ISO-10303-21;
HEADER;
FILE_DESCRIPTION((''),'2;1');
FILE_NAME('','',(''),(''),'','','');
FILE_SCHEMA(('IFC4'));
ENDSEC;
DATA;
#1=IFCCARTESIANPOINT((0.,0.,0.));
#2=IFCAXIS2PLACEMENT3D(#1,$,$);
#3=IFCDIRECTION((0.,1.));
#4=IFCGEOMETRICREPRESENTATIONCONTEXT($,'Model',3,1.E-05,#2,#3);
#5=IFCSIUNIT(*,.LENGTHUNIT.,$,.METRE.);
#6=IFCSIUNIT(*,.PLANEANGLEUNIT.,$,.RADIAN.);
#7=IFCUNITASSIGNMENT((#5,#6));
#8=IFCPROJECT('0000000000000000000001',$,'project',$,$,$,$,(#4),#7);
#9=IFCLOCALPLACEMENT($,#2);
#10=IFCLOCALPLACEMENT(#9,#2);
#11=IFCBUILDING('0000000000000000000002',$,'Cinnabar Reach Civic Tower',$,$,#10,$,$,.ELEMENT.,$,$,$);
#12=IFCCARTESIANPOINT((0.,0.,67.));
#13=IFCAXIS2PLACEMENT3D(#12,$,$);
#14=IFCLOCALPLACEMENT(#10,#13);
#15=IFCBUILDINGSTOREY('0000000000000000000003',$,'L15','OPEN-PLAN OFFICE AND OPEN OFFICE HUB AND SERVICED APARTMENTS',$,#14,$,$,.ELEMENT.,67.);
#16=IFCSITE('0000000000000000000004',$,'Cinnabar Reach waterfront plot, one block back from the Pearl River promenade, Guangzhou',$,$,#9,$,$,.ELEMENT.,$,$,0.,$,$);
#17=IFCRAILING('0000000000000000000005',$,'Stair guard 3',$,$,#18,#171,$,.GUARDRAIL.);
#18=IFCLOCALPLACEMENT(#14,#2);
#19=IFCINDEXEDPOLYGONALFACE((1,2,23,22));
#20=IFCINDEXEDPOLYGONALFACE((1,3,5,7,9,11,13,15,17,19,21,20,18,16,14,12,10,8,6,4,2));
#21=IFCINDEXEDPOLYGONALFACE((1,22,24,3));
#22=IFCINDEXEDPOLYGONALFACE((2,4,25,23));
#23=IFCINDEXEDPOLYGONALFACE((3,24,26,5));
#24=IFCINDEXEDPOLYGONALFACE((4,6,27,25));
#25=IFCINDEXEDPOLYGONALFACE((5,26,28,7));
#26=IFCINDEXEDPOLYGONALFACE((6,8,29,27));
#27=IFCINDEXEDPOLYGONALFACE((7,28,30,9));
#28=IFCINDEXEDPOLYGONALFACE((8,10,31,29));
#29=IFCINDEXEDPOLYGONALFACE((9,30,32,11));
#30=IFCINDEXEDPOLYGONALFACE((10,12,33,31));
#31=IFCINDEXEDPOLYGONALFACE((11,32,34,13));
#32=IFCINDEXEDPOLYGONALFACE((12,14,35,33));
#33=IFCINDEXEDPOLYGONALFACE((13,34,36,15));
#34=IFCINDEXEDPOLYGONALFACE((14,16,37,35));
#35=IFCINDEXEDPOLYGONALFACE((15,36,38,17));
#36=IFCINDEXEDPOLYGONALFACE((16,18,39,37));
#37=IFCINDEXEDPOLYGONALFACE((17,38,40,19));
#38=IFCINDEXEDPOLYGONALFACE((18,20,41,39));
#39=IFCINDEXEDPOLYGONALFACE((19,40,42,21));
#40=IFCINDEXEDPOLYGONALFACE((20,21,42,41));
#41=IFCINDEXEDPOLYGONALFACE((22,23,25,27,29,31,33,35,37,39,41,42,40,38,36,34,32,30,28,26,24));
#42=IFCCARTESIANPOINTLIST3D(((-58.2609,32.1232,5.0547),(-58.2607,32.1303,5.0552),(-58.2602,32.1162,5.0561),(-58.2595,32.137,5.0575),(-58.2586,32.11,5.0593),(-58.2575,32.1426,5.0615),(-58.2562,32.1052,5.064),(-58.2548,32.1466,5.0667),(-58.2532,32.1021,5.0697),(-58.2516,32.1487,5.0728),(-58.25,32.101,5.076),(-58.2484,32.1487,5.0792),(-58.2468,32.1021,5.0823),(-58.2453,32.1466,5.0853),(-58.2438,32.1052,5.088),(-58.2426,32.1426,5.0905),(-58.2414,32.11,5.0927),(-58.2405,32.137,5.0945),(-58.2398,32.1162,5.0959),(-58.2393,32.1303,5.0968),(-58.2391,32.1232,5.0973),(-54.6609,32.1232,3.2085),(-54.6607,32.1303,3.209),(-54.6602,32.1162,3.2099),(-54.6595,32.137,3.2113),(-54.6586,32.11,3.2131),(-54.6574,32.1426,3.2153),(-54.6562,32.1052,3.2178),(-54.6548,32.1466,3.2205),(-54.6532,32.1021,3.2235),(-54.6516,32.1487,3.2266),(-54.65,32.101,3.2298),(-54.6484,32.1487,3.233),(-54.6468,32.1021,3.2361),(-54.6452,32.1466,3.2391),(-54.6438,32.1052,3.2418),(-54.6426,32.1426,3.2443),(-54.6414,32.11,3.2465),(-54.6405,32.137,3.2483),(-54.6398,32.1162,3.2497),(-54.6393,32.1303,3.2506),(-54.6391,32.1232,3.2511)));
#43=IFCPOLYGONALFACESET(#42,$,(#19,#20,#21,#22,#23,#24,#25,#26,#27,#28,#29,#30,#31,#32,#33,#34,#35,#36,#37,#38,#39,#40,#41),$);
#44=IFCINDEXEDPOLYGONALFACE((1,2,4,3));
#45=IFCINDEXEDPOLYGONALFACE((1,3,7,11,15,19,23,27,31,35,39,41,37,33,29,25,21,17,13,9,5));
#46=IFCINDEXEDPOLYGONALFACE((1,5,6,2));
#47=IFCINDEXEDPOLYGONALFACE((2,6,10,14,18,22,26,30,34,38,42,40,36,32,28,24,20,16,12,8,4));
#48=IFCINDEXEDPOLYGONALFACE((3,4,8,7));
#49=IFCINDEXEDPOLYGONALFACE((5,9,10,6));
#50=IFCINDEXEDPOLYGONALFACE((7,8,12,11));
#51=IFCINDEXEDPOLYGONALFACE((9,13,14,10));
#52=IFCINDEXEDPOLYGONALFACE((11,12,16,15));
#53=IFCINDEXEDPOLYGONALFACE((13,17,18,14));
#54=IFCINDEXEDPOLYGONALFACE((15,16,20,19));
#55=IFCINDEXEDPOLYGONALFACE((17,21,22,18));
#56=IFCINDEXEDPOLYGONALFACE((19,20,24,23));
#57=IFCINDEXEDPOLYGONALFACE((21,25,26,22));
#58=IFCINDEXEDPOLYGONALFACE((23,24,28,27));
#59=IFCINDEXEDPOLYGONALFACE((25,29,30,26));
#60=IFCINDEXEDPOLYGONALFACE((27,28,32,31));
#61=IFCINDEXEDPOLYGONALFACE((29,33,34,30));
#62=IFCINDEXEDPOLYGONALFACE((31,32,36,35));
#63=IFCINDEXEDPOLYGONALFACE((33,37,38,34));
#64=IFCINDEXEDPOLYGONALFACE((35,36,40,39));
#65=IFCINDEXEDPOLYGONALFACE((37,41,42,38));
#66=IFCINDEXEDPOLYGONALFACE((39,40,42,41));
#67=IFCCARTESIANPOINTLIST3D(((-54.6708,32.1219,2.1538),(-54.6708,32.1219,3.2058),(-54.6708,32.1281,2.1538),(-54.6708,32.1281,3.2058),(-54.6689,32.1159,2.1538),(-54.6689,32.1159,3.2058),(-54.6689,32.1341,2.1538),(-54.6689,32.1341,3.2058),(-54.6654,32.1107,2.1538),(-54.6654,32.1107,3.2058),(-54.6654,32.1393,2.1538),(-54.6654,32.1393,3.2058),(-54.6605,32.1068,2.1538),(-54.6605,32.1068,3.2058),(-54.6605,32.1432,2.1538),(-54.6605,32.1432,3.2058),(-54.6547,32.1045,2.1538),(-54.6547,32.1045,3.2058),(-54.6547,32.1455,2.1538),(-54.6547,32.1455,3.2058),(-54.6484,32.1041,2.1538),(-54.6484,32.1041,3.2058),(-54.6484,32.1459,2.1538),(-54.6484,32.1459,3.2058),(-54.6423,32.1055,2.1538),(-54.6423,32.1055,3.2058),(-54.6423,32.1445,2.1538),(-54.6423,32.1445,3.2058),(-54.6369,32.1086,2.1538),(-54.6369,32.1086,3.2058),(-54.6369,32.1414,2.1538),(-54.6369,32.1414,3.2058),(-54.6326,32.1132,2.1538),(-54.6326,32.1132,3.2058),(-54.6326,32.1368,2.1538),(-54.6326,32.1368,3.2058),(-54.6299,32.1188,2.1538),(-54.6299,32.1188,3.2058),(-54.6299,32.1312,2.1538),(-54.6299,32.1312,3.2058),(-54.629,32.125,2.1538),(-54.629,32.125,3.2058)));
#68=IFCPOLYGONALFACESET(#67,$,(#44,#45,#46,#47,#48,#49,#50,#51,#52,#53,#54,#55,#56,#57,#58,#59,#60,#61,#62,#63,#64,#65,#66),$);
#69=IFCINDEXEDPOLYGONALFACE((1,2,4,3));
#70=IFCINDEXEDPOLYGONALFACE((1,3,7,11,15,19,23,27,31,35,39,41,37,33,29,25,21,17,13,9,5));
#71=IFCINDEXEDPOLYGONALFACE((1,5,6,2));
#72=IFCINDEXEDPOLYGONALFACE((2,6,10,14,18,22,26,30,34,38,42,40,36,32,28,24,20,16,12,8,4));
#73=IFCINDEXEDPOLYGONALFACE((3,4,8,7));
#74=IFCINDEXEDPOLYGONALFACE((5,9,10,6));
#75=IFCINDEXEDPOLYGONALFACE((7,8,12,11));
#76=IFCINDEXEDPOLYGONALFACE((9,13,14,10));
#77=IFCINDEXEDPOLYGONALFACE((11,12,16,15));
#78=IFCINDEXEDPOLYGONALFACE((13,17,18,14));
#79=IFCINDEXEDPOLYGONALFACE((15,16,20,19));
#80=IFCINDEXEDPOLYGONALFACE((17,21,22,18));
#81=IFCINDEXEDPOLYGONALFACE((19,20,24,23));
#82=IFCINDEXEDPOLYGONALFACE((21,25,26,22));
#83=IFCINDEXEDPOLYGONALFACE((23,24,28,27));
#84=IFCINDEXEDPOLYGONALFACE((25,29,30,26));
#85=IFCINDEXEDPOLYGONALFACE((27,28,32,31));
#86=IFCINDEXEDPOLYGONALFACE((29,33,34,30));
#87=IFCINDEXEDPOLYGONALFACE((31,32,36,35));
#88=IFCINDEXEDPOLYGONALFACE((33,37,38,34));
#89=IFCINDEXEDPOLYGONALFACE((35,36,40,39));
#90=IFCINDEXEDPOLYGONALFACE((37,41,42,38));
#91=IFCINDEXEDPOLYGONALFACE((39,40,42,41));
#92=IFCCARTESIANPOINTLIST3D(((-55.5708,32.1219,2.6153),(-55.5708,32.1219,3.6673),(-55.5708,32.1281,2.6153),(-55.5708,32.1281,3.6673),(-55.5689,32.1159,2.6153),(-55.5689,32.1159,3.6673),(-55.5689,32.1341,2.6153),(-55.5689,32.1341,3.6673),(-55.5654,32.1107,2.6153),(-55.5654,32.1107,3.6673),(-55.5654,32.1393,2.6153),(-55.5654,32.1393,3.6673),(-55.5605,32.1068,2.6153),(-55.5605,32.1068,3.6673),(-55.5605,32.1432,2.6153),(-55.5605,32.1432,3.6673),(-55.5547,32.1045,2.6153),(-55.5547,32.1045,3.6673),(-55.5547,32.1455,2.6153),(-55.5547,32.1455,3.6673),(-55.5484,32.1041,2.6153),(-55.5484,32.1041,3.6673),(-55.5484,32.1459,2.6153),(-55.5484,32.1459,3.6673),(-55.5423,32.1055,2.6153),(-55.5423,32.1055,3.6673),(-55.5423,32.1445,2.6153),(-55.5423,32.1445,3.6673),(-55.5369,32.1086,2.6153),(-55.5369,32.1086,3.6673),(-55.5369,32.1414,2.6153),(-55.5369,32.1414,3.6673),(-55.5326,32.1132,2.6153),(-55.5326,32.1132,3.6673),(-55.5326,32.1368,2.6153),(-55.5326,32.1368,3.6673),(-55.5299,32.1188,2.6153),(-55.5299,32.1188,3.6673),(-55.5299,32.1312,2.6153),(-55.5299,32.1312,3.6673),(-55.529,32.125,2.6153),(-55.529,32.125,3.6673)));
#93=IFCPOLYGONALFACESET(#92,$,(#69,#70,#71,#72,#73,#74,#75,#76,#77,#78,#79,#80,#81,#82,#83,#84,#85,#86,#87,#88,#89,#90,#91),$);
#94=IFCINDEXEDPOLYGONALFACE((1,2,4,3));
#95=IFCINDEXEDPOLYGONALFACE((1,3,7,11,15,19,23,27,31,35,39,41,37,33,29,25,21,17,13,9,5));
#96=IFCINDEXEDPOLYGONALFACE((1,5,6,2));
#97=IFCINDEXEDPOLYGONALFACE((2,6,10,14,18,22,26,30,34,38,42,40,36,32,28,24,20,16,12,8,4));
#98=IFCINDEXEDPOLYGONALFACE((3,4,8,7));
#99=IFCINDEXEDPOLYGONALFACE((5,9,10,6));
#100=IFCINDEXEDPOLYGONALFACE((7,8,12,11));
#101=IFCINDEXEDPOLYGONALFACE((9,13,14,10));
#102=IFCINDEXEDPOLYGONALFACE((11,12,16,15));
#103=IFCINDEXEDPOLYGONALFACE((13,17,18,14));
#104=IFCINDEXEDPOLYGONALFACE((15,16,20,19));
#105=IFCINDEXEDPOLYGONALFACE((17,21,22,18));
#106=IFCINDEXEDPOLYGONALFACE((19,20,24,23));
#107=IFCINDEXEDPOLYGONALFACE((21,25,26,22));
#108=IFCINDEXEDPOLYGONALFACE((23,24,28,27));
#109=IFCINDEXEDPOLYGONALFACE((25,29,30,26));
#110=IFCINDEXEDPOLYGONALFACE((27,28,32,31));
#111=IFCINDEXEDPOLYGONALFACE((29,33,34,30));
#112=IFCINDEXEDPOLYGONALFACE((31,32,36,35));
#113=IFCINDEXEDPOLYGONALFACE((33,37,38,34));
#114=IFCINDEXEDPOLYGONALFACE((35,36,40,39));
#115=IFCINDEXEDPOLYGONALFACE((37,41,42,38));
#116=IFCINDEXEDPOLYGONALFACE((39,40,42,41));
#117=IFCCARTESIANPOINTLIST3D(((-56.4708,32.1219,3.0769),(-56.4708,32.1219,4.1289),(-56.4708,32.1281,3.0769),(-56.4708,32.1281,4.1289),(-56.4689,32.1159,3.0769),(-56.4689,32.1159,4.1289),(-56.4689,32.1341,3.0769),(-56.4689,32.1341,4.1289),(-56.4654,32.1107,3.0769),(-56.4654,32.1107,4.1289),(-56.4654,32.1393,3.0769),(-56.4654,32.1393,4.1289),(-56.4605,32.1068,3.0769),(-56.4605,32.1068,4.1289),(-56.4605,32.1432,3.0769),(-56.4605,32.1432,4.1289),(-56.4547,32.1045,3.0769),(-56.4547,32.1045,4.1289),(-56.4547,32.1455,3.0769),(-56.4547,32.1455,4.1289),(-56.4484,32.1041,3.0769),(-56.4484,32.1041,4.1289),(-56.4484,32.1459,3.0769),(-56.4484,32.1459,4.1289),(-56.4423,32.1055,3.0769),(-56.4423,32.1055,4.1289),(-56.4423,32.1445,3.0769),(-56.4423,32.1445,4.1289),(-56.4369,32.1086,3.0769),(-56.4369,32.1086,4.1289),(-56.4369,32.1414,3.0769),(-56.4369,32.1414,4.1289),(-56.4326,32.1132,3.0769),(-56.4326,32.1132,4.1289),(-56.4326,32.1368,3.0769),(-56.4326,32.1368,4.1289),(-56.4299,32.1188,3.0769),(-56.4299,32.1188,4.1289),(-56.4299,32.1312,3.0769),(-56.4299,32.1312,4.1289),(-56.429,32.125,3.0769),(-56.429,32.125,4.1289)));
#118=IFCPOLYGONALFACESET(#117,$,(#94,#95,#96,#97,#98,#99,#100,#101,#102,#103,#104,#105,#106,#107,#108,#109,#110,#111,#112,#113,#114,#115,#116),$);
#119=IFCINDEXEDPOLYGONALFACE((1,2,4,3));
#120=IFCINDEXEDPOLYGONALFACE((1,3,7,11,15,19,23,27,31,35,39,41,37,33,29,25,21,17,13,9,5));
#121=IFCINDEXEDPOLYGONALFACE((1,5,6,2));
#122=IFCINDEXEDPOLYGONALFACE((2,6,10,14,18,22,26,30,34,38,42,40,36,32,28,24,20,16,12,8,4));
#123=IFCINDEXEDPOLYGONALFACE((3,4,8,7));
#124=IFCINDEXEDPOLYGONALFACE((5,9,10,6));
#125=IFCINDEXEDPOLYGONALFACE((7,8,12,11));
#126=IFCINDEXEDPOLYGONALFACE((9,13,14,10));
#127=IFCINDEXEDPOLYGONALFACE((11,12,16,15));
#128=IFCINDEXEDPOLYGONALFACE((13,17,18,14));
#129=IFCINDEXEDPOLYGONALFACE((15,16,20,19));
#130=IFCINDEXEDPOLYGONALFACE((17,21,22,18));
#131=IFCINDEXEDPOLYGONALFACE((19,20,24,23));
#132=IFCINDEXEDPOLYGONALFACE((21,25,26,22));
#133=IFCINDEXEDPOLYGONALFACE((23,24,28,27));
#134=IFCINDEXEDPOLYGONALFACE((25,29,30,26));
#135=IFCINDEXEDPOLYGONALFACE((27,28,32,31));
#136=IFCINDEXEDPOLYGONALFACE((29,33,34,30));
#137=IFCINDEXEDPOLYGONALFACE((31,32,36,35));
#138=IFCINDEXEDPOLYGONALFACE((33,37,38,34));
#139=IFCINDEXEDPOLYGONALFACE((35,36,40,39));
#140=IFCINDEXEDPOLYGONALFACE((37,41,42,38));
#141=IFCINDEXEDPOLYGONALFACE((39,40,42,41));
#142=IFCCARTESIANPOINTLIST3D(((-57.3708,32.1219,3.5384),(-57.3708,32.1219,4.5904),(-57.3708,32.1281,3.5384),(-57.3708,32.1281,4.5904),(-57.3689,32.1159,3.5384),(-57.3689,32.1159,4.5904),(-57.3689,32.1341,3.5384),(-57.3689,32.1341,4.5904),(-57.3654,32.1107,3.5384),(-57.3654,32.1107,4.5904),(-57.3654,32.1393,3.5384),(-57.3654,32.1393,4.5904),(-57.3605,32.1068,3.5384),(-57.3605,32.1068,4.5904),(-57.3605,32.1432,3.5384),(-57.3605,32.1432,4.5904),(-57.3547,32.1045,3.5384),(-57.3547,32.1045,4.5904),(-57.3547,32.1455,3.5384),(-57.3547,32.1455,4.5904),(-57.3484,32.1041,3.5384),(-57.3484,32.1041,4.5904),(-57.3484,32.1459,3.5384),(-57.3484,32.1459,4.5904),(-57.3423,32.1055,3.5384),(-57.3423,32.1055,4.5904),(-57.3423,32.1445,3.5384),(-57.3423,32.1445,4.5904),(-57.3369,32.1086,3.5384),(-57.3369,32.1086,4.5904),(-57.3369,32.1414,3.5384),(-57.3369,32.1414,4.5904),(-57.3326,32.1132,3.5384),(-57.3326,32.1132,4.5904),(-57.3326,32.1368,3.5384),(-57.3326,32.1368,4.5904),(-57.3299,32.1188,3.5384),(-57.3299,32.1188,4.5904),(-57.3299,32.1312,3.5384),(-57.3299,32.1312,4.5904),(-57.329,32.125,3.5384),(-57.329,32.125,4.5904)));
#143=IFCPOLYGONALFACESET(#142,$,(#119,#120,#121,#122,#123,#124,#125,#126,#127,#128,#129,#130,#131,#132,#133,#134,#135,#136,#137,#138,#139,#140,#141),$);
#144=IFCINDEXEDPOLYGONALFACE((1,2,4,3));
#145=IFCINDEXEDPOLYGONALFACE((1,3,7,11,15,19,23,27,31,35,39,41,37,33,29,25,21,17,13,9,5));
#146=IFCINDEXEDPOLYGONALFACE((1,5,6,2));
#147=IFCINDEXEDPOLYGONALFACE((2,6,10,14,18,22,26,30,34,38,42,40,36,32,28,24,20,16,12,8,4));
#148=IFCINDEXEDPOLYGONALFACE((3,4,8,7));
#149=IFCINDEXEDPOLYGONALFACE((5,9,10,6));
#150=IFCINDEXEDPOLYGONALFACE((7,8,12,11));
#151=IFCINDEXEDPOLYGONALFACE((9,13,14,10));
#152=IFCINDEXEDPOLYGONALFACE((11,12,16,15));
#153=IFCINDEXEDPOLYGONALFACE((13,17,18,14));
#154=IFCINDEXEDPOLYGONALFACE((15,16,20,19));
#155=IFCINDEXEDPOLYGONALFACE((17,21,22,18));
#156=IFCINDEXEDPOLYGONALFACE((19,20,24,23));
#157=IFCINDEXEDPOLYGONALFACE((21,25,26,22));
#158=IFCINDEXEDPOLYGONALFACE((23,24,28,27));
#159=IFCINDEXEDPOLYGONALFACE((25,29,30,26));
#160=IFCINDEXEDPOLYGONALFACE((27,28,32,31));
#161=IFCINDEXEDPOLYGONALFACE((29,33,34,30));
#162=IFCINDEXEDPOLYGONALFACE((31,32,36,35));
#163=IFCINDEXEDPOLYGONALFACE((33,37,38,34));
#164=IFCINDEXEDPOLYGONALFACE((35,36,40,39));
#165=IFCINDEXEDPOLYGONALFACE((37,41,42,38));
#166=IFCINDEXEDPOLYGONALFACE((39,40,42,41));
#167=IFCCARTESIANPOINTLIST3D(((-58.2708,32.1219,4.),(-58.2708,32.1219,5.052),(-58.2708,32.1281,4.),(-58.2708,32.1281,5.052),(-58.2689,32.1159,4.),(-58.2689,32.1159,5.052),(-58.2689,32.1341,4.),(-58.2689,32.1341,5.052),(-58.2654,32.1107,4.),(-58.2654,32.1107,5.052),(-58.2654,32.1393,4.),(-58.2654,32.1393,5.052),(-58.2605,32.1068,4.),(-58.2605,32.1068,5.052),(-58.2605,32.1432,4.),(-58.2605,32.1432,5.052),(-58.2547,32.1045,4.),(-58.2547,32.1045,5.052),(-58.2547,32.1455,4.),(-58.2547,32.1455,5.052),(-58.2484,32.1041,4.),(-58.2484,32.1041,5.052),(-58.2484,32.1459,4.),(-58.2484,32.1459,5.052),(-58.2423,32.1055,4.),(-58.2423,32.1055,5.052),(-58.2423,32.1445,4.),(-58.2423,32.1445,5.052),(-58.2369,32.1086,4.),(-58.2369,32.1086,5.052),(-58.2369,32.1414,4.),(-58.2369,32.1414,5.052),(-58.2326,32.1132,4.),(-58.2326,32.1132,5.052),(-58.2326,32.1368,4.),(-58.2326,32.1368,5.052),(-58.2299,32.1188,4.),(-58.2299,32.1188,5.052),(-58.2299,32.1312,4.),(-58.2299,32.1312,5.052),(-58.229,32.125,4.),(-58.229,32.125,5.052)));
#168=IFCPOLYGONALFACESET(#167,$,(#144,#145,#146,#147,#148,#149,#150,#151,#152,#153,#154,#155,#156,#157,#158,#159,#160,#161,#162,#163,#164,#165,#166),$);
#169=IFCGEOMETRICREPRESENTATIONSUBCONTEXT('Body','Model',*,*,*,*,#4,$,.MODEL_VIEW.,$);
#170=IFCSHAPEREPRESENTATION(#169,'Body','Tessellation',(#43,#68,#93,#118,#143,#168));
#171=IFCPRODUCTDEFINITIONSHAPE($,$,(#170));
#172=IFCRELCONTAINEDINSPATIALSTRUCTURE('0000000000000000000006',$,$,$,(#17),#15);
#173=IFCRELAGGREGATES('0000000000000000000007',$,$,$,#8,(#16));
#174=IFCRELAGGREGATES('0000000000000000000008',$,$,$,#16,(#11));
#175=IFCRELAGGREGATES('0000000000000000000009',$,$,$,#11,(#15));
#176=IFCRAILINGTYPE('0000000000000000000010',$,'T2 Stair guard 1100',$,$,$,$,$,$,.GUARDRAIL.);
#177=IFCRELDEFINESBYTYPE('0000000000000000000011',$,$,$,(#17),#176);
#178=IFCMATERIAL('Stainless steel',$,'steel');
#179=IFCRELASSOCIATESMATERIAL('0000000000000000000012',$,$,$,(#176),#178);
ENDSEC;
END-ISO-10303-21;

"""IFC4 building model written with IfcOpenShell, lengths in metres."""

from ifc_helpers import new_model, si_unit, direction, frame, origin, origin_2d, place, context, subcontext, project, spatial, circle, extrude, material, type_object, element, save


model = new_model("IFC4")

# Units and contexts
model_context = context("Model", 3, precision=1e-05, world=origin(), true_north=direction((0.0, 1.0)))
body_context = subcontext(model_context, "Body", "Model", "MODEL_VIEW")
ifc_project = project(units=[si_unit("LENGTHUNIT", "METRE"), si_unit("PLANEANGLEUNIT", "RADIAN")], contexts=[model_context])

# Site, building, storey
site_placement = place(None, origin())
site = spatial("IfcSite", under=ifc_project, at=site_placement, Name="Cinnabar Reach waterfront plot, one block back from the Pearl River promenade, Guangzhou", CompositionType="ELEMENT", RefElevation=0.0)
building_placement = place(site_placement, origin())
building = spatial("IfcBuilding", under=site, at=building_placement, Name="Cinnabar Reach Civic Tower", CompositionType="ELEMENT")
storey_placement = place(building_placement, frame((0.0, 0.0, 67.0)))
storey = spatial("IfcBuildingStorey", under=building, at=storey_placement, Name="L15", Description="OPEN-PLAN OFFICE AND OPEN OFFICE HUB AND SERVICED APARTMENTS", CompositionType="ELEMENT", Elevation=67.0)

# Railing
ifc_material_1 = material(Name="Stainless steel", Category="steel")
railing_type = type_object("IfcRailingType", Name="T2 Stair guard 1100", PredefinedType="GUARDRAIL", material=ifc_material_1)
railing_1_placement = place(storey_placement, frame((-54.65, 32.125, 2.1538)))
element("IfcRailing", 1, at=railing_1_placement, inside=storey, type_object=railing_type, Name="Stair guard 3", PredefinedType="GUARDRAIL", context=body_context, shape_type="SweptSolid", body=[
    extrude(circle(Radius=0.024, at=origin_2d()), frame((0.0, 0.0, 1.076), z_axis=(-0.889813, 0.0, 0.456326), x_axis=(0.0, -1.0, 0.0)), (0.0, 0.0, 1.0), 4.0458),
    extrude(circle(Radius=0.021, at=origin_2d()), origin(), (0.0, 0.0, 1.0), 1.052),
    extrude(circle(Radius=0.021, at=origin_2d()), frame((-0.9, 0.0, 0.4615)), (0.0, 0.0, 1.0), 1.052),
    extrude(circle(Radius=0.021, at=origin_2d()), frame((-1.8, 0.0, 0.9231)), (0.0, 0.0, 1.0), 1.052),
    extrude(circle(Radius=0.021, at=origin_2d()), frame((-2.7, 0.0, 1.3846)), (0.0, 0.0, 1.0), 1.052),
    extrude(circle(Radius=0.021, at=origin_2d()), frame((-3.6, 0.0, 1.8462)), (0.0, 0.0, 1.0), 1.052),
])

save(model, "model.ifc")
